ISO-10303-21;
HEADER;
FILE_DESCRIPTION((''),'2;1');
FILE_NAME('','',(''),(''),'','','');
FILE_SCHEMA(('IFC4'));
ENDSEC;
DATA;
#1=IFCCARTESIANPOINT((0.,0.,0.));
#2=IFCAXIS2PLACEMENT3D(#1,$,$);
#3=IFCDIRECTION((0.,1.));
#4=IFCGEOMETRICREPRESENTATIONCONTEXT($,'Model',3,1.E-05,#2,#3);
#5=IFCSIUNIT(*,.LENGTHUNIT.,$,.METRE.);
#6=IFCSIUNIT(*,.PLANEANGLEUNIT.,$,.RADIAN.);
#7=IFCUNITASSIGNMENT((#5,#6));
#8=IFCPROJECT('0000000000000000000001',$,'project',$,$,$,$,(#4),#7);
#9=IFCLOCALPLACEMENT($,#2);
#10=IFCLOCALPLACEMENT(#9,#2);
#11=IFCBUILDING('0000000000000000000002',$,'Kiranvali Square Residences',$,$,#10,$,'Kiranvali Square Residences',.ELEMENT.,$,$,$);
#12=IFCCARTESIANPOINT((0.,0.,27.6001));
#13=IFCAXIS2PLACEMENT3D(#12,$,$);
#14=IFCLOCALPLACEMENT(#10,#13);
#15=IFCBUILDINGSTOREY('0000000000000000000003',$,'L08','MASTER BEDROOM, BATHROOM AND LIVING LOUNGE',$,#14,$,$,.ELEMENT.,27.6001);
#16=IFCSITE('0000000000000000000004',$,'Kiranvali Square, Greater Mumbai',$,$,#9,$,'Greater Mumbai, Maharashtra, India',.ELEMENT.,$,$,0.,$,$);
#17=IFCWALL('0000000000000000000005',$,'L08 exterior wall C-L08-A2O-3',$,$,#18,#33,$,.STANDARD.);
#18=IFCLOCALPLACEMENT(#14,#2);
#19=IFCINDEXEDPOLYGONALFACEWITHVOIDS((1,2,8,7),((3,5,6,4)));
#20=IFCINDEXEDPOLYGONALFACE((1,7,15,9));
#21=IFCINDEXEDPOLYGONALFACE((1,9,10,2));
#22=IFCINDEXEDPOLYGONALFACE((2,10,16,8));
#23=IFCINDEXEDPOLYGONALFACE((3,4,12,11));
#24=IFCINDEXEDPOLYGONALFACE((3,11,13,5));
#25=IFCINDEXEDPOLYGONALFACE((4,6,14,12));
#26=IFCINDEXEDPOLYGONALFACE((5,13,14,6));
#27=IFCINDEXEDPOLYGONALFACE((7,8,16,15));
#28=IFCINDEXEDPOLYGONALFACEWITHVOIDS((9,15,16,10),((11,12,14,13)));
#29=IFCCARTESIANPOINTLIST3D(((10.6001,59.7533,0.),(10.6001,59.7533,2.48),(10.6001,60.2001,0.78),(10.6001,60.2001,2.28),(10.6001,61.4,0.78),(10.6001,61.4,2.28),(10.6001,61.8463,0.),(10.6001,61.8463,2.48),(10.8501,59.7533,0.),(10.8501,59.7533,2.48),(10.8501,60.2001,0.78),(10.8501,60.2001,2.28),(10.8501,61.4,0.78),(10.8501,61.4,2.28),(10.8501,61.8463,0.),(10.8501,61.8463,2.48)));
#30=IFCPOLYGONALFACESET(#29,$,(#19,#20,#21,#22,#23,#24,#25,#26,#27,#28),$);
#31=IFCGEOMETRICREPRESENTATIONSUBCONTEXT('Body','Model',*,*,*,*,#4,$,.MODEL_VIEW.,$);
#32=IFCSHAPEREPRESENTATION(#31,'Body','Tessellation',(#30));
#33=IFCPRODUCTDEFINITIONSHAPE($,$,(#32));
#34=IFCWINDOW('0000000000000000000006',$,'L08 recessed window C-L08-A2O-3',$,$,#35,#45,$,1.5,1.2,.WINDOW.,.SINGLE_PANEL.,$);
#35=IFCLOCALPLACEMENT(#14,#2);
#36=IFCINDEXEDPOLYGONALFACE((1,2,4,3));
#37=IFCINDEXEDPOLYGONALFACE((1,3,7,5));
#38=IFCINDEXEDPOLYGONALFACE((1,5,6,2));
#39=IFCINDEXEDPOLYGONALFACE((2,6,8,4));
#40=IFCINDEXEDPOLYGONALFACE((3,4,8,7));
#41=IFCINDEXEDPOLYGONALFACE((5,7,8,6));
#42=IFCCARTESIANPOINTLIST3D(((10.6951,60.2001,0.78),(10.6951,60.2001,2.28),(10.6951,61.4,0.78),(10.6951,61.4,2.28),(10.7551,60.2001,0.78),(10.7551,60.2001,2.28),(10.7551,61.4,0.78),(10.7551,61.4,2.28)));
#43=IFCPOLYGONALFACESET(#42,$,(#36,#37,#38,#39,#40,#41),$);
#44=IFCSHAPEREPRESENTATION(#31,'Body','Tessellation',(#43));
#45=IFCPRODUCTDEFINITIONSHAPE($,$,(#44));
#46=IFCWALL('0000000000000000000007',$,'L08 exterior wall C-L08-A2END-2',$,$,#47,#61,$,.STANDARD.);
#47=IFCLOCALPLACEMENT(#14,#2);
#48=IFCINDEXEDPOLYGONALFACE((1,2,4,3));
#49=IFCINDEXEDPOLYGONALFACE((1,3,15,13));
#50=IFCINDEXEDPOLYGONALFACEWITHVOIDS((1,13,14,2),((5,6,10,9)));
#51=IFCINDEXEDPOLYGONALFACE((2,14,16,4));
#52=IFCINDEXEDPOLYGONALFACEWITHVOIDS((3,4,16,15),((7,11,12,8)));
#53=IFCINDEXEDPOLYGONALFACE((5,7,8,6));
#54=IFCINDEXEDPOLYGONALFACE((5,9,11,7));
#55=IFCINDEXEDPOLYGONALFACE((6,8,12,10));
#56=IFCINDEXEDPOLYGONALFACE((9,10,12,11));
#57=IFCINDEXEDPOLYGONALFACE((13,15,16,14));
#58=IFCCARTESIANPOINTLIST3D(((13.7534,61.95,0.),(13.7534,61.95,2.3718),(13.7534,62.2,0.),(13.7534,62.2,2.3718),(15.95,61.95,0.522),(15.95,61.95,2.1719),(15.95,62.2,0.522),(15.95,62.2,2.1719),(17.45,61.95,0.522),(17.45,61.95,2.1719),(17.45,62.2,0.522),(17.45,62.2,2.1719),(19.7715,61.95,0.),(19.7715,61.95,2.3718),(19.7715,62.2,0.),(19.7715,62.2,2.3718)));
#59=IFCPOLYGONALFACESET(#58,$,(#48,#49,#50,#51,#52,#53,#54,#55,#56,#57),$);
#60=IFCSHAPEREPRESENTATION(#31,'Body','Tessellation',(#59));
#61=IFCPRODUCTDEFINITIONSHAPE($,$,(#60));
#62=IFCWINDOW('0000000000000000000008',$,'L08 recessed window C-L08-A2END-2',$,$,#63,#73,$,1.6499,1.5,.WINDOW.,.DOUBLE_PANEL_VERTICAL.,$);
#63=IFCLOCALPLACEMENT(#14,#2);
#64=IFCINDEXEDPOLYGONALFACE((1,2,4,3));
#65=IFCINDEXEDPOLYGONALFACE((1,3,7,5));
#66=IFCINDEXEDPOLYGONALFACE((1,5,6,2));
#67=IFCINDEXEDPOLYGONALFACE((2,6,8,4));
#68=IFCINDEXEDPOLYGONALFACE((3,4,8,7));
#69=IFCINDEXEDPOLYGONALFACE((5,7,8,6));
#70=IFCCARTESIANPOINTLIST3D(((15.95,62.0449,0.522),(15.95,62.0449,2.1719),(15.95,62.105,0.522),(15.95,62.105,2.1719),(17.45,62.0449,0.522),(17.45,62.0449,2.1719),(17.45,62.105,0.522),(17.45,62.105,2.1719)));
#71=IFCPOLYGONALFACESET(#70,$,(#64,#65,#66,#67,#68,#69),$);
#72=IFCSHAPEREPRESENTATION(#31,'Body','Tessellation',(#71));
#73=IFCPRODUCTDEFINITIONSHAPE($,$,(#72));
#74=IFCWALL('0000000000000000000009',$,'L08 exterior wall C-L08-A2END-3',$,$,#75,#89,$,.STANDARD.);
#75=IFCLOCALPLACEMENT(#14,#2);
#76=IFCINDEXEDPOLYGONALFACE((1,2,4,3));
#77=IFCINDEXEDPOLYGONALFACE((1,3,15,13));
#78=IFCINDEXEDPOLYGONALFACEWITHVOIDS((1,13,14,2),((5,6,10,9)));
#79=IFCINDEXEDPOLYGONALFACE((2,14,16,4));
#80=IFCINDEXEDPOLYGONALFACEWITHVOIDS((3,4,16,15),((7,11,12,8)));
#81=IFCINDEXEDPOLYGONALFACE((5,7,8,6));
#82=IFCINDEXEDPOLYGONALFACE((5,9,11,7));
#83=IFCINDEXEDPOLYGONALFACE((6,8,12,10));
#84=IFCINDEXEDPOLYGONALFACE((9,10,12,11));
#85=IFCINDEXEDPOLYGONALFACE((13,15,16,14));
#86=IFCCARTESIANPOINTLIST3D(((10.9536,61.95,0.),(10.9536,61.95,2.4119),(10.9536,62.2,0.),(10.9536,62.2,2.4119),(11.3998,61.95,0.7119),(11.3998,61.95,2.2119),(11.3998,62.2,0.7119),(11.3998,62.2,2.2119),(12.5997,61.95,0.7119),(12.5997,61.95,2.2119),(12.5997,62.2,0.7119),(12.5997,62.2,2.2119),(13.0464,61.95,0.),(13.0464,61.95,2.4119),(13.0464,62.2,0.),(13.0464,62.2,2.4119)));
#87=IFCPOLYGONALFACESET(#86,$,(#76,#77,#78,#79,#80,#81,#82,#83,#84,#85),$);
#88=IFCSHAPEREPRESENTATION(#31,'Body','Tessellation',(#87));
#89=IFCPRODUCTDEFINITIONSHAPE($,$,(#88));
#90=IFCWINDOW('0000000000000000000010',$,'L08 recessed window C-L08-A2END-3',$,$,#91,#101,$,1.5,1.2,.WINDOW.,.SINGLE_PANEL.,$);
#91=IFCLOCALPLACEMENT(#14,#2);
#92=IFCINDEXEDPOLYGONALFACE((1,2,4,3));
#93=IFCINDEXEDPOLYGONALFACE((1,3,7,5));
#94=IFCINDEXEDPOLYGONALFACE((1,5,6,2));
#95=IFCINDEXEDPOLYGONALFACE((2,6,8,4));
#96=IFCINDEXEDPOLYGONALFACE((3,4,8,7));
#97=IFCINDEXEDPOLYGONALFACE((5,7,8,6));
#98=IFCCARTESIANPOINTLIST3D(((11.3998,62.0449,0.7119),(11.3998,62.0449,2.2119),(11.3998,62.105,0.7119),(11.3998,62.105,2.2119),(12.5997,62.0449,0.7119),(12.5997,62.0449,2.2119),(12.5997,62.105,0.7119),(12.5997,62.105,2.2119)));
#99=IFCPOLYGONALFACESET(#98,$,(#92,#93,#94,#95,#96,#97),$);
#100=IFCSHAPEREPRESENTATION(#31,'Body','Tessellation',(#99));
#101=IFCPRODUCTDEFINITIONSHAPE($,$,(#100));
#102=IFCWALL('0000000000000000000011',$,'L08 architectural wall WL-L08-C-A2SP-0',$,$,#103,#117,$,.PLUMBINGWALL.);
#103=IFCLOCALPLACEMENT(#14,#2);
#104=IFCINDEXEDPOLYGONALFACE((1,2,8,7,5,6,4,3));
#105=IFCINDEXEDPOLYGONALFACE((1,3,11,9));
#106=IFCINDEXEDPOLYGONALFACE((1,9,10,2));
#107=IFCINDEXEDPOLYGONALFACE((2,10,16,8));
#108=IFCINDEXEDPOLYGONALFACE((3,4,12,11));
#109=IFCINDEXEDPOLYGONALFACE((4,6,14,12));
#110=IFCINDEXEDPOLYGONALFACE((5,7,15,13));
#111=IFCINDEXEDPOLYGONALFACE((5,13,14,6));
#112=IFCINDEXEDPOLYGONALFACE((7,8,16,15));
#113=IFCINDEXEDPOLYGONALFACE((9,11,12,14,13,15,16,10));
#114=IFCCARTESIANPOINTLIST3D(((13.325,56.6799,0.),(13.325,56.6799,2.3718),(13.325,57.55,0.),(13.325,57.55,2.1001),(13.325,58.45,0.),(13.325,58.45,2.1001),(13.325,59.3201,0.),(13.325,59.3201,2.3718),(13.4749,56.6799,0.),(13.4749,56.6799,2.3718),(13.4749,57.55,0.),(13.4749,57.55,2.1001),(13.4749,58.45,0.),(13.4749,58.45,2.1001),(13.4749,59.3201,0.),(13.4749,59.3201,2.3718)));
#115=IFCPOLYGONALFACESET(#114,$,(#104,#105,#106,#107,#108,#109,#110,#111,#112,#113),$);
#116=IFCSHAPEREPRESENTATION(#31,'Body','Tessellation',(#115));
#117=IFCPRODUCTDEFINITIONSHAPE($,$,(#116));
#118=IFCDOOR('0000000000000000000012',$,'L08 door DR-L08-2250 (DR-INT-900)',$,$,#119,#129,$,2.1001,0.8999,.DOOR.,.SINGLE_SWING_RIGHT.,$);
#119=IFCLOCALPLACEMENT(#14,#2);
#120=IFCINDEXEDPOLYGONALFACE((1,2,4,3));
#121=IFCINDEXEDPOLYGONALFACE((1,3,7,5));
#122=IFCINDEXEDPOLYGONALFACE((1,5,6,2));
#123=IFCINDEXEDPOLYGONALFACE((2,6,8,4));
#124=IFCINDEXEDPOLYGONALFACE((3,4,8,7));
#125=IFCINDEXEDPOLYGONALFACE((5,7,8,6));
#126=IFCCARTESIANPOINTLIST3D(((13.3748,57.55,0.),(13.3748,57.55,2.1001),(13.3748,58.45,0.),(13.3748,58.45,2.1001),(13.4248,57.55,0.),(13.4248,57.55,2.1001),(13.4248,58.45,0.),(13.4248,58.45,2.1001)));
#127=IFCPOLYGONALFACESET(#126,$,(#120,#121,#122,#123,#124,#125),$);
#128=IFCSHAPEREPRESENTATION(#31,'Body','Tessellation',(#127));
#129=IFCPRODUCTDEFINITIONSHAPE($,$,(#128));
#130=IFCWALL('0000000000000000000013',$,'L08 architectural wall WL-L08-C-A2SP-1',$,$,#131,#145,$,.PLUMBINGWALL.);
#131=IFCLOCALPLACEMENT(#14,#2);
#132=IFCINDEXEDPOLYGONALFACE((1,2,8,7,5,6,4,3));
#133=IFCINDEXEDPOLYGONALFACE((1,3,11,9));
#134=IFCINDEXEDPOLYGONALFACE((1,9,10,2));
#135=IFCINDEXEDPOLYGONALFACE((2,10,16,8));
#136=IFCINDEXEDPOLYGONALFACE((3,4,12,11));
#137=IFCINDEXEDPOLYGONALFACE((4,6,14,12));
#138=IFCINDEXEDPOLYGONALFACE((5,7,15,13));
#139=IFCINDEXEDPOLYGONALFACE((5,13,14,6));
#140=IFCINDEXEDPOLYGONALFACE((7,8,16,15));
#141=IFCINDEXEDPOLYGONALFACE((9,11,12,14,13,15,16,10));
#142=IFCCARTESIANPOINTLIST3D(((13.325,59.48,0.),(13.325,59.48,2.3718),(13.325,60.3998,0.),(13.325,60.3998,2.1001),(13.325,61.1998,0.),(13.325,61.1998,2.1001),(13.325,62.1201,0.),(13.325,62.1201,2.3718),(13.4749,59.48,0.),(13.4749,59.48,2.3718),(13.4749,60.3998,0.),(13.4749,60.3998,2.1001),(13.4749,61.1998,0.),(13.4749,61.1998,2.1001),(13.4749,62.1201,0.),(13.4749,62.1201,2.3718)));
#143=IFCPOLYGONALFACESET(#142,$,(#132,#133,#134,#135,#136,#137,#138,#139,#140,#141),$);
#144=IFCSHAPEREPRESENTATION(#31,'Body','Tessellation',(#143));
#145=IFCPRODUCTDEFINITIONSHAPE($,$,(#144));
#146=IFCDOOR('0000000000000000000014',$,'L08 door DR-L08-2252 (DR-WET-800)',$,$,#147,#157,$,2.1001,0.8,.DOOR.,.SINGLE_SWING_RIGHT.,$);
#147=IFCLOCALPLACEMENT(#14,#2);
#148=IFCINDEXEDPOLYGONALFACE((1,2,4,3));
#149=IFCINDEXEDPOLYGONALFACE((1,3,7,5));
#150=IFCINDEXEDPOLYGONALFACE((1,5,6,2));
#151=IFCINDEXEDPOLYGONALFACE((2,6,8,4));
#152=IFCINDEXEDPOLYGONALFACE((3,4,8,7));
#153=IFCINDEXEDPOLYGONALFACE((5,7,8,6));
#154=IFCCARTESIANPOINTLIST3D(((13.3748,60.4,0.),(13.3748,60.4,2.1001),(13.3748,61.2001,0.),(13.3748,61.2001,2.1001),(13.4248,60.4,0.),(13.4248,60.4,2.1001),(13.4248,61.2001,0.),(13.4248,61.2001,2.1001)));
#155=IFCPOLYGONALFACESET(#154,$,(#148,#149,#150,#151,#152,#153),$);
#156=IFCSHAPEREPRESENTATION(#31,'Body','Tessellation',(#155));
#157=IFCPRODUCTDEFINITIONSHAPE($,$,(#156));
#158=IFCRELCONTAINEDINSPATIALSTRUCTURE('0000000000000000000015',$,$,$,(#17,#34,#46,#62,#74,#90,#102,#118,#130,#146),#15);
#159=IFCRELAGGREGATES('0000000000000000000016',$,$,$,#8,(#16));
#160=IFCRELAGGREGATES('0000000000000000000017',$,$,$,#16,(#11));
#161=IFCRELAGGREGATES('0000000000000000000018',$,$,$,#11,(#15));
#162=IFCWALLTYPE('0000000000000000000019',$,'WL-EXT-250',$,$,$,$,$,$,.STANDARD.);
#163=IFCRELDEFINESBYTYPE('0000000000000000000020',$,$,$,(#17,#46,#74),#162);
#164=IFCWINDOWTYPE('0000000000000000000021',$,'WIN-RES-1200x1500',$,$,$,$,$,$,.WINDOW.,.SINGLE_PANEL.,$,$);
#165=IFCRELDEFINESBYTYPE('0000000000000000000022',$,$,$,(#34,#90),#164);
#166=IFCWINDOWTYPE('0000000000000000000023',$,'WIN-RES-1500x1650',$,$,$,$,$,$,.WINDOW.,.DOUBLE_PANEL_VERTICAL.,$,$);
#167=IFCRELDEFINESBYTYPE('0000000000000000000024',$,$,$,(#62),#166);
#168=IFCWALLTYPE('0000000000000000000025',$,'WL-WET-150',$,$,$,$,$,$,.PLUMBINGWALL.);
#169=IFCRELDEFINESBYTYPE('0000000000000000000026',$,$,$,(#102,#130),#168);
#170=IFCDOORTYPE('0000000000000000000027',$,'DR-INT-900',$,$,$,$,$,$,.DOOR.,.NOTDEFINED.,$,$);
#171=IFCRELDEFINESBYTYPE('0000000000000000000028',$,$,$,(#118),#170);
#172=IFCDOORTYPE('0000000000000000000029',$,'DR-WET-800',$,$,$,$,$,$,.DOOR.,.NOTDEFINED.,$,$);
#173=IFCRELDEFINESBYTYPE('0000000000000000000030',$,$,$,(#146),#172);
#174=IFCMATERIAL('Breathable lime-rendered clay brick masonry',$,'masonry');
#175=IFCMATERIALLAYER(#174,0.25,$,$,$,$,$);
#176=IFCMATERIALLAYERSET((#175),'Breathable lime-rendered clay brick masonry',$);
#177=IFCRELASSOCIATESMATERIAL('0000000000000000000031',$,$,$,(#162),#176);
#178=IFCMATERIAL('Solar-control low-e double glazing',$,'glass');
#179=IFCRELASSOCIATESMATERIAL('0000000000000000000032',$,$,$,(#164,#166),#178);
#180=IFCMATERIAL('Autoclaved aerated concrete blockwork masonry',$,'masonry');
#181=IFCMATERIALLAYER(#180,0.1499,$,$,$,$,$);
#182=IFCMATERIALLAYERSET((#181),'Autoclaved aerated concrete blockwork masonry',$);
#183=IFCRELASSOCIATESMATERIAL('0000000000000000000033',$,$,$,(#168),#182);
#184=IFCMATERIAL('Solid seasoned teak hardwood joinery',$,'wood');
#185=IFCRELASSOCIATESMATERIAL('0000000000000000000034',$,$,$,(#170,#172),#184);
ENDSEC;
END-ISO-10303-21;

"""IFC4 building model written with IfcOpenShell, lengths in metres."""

from ifc_helpers import new_model, si_unit, direction, frame, frame_2d, origin, place, context, subcontext, project, spatial, rectangle, extrude, material, layer, layer_set, type_object, element, fill, save


model = new_model("IFC4")

# Units and contexts
model_context = context("Model", 3, precision=1e-05, world=origin(), true_north=direction((0.0, 1.0)))
body_context = subcontext(model_context, "Body", "Model", "MODEL_VIEW")
ifc_project = project(units=[si_unit("LENGTHUNIT", "METRE"), si_unit("PLANEANGLEUNIT", "RADIAN")], contexts=[model_context])

# Site, building, storey
site_placement = place(None, origin())
site = spatial("IfcSite", under=ifc_project, at=site_placement, Name="Kiranvali Square, Greater Mumbai", LongName="Greater Mumbai, Maharashtra, India", CompositionType="ELEMENT", RefElevation=0.0)
building_placement = place(site_placement, origin())
building = spatial("IfcBuilding", under=site, at=building_placement, Name="Kiranvali Square Residences", LongName="Kiranvali Square Residences", CompositionType="ELEMENT")
storey_placement = place(building_placement, frame((0.0, 0.0, 27.6001)))
storey = spatial("IfcBuildingStorey", under=building, at=storey_placement, Name="L08", Description="MASTER BEDROOM, BATHROOM AND LIVING LOUNGE", CompositionType="ELEMENT", Elevation=27.6001)

# Walls, openings, windows
ifc_material_1 = material(Name="Breathable lime-rendered clay brick masonry", Category="masonry")
ifc_layer_1 = layer(ifc_material_1, 0.25)
ifc_layer_set_1 = layer_set([ifc_layer_1], Name="Breathable lime-rendered clay brick masonry")
wall_type_1 = type_object("IfcWallType", Name="WL-EXT-250", PredefinedType="STANDARD", material=ifc_layer_set_1)
ifc_material_2 = material(Name="Solar-control low-e double glazing", Category="glass")
window_type_1 = type_object("IfcWindowType", Name="WIN-RES-1200x1500", PartitioningType="SINGLE_PANEL", PredefinedType="WINDOW", material=ifc_material_2)
wall_1_placement = place(storey_placement, frame((10.7251, 59.7534, 0.0), z_axis=(0.0, 0.0, 1.0), x_axis=(0.0, 1.0, 0.0)))
wall_1 = element("IfcWall", 1, at=wall_1_placement, inside=storey, type_object=wall_type_1, Name="L08 exterior wall C-L08-A2O-3", PredefinedType="STANDARD", context=body_context, shape_type="SweptSolid", body=[
    extrude(rectangle(XDim=2.093, YDim=0.25, at=frame_2d((1.0464, 0.0))), origin(), (0.0, 0.0, 1.0), 2.48),
])
opening_1_placement = place(wall_1_placement, frame((0.4465, 0.0, 0.78)))
opening_1 = element("IfcOpeningElement", 2, at=opening_1_placement, cuts=wall_1, PredefinedType="OPENING", context=body_context, shape_type="SweptSolid", body=[
    extrude(rectangle(XDim=1.2, YDim=1.5, at=frame_2d((0.6001, 0.75))), frame((0.0, 0.135, 0.0), z_axis=(0.0, -1.0, 0.0), x_axis=(1.0, 0.0, 0.0)), (0.0, 0.0, 1.0), 0.27),
])
window_1_placement = place(opening_1_placement, origin())
window_1 = element("IfcWindow", 3, at=window_1_placement, inside=storey, type_object=window_type_1, Name="L08 recessed window C-L08-A2O-3", OverallHeight=1.5, OverallWidth=1.2, PartitioningType="SINGLE_PANEL", PredefinedType="WINDOW", context=body_context, shape_type="SweptSolid", body=[
    extrude(rectangle(XDim=1.2, YDim=1.5, at=frame_2d((0.6001, 0.75))), frame((0.0, 0.03, 0.0), z_axis=(0.0, -1.0, 0.0), x_axis=(1.0, 0.0, 0.0)), (0.0, 0.0, 1.0), 0.0601),
])
fill(opening_1, window_1)
wall_2_placement = place(storey_placement, frame((19.7715, 62.075, 0.0), z_axis=(0.0, 0.0, 1.0), x_axis=(-1.0, 0.0, 0.0)))
wall_2 = element("IfcWall", 4, at=wall_2_placement, inside=storey, type_object=wall_type_1, Name="L08 exterior wall C-L08-A2END-2", PredefinedType="STANDARD", context=body_context, shape_type="SweptSolid", body=[
    extrude(rectangle(XDim=6.0181, YDim=0.25, at=frame_2d((3.009, 0.0))), origin(), (0.0, 0.0, 1.0), 2.3718),
])
opening_2_placement = place(wall_2_placement, frame((2.3215, 0.0, 0.522)))
opening_2 = element("IfcOpeningElement", 5, at=opening_2_placement, cuts=wall_2, PredefinedType="OPENING", context=body_context, shape_type="SweptSolid", body=[
    extrude(rectangle(XDim=1.5, YDim=1.6499, at=frame_2d((0.75, 0.825))), frame((0.0, 0.135, 0.0), z_axis=(0.0, -1.0, 0.0), x_axis=(1.0, 0.0, 0.0)), (0.0, 0.0, 1.0), 0.27),
])
window_type_2 = type_object("IfcWindowType", Name="WIN-RES-1500x1650", PartitioningType="DOUBLE_PANEL_VERTICAL", PredefinedType="WINDOW", material=ifc_material_2)
window_2_placement = place(opening_2_placement, origin())
window_2 = element("IfcWindow", 6, at=window_2_placement, inside=storey, type_object=window_type_2, Name="L08 recessed window C-L08-A2END-2", OverallHeight=1.6499, OverallWidth=1.5, PartitioningType="DOUBLE_PANEL_VERTICAL", PredefinedType="WINDOW", context=body_context, shape_type="SweptSolid", body=[
    extrude(rectangle(XDim=1.5, YDim=1.6499, at=frame_2d((0.75, 0.825))), frame((0.0, 0.03, 0.0), z_axis=(0.0, -1.0, 0.0), x_axis=(1.0, 0.0, 0.0)), (0.0, 0.0, 1.0), 0.0601),
])
fill(opening_2, window_2)
wall_3_placement = place(storey_placement, frame((13.0464, 62.075, 0.0), z_axis=(0.0, 0.0, 1.0), x_axis=(-1.0, 0.0, 0.0)))
wall_3 = element("IfcWall", 7, at=wall_3_placement, inside=storey, type_object=wall_type_1, Name="L08 exterior wall C-L08-A2END-3", PredefinedType="STANDARD", context=body_context, shape_type="SweptSolid", body=[
    extrude(rectangle(XDim=2.0928, YDim=0.25, at=frame_2d((1.0464, 0.0))), origin(), (0.0, 0.0, 1.0), 2.4119),
])
opening_3_placement = place(wall_3_placement, frame((0.4465, 0.0, 0.7119)))
opening_3 = element("IfcOpeningElement", 8, at=opening_3_placement, cuts=wall_3, PredefinedType="OPENING", context=body_context, shape_type="SweptSolid", body=[
    extrude(rectangle(XDim=1.2, YDim=1.5, at=frame_2d((0.6001, 0.75))), frame((0.0, 0.135, 0.0), z_axis=(0.0, -1.0, 0.0), x_axis=(1.0, 0.0, 0.0)), (0.0, 0.0, 1.0), 0.27),
])
window_3_placement = place(opening_3_placement, origin())
window_3 = element("IfcWindow", 9, at=window_3_placement, inside=storey, type_object=window_type_1, Name="L08 recessed window C-L08-A2END-3", OverallHeight=1.5, OverallWidth=1.2, PartitioningType="SINGLE_PANEL", PredefinedType="WINDOW", context=body_context, shape_type="SweptSolid", body=[
    extrude(rectangle(XDim=1.2, YDim=1.5, at=frame_2d((0.6001, 0.75))), frame((0.0, 0.03, 0.0), z_axis=(0.0, -1.0, 0.0), x_axis=(1.0, 0.0, 0.0)), (0.0, 0.0, 1.0), 0.0601),
])
fill(opening_3, window_3)

# Walls, openings, doors
ifc_material_3 = material(Name="Autoclaved aerated concrete blockwork masonry", Category="masonry")
ifc_layer_2 = layer(ifc_material_3, 0.1499)
ifc_layer_set_2 = layer_set([ifc_layer_2], Name="Autoclaved aerated concrete blockwork masonry")
wall_type_2 = type_object("IfcWallType", Name="WL-WET-150", PredefinedType="PLUMBINGWALL", material=ifc_layer_set_2)
wall_4_placement = place(storey_placement, frame((13.3999, 56.6799, 0.0), z_axis=(0.0, 0.0, 1.0), x_axis=(0.0, 1.0, 0.0)))
wall_4 = element("IfcWall", 10, at=wall_4_placement, inside=storey, type_object=wall_type_2, Name="L08 architectural wall WL-L08-C-A2SP-0", PredefinedType="PLUMBINGWALL", context=body_context, shape_type="SweptSolid", body=[
    extrude(rectangle(XDim=2.6401, YDim=0.1499, at=frame_2d((1.3201, 0.0))), origin(), (0.0, 0.0, 1.0), 2.3718),
])
opening_4_placement = place(wall_4_placement, frame((0.8701, 0.0, 0.0)))
opening_4 = element("IfcOpeningElement", 11, at=opening_4_placement, cuts=wall_4, PredefinedType="OPENING", context=body_context, shape_type="SweptSolid", body=[
    extrude(rectangle(XDim=0.8999, YDim=2.1001, at=frame_2d((0.45, 1.05))), frame((0.0, 0.085, 0.0), z_axis=(0.0, -1.0, 0.0), x_axis=(1.0, 0.0, 0.0)), (0.0, 0.0, 1.0), 0.1699),
])
ifc_material_4 = material(Name="Solid seasoned teak hardwood joinery", Category="wood")
door_type_1 = type_object("IfcDoorType", Name="DR-INT-900", OperationType="NOTDEFINED", PredefinedType="DOOR", material=ifc_material_4)
door_1_placement = place(opening_4_placement, frame((0.8999, 0.0, 0.0), z_axis=(0.0, 0.0, 1.0), x_axis=(-1.0, 0.0, 0.0)))
door_1 = element("IfcDoor", 12, at=door_1_placement, inside=storey, type_object=door_type_1, Name="L08 door DR-L08-2250 (DR-INT-900)", OperationType="SINGLE_SWING_RIGHT", OverallHeight=2.1001, OverallWidth=0.8999, PredefinedType="DOOR", context=body_context, shape_type="SweptSolid", body=[
    extrude(rectangle(XDim=0.8999, YDim=2.1001, at=frame_2d((0.45, 1.05))), frame((0.0, 0.0249, 0.0), z_axis=(0.0, -1.0, 0.0), x_axis=(1.0, 0.0, 0.0)), (0.0, 0.0, 1.0), 0.05),
])
fill(opening_4, door_1)
wall_5_placement = place(storey_placement, frame((13.3999, 59.48, 0.0), z_axis=(0.0, 0.0, 1.0), x_axis=(0.0, 1.0, 0.0)))
wall_5 = element("IfcWall", 13, at=wall_5_placement, inside=storey, type_object=wall_type_2, Name="L08 architectural wall WL-L08-C-A2SP-1", PredefinedType="PLUMBINGWALL", context=body_context, shape_type="SweptSolid", body=[
    extrude(rectangle(XDim=2.6401, YDim=0.1499, at=frame_2d((1.3201, 0.0))), origin(), (0.0, 0.0, 1.0), 2.3718),
])
opening_5_placement = place(wall_5_placement, frame((0.9199, 0.0, 0.0)))
opening_5 = element("IfcOpeningElement", 14, at=opening_5_placement, cuts=wall_5, PredefinedType="OPENING", context=body_context, shape_type="SweptSolid", body=[
    extrude(rectangle(XDim=0.8, YDim=2.1001, at=frame_2d((0.3999, 1.05))), frame((0.0, 0.085, 0.0), z_axis=(0.0, -1.0, 0.0), x_axis=(1.0, 0.0, 0.0)), (0.0, 0.0, 1.0), 0.1699),
])
door_type_2 = type_object("IfcDoorType", Name="DR-WET-800", OperationType="NOTDEFINED", PredefinedType="DOOR", material=ifc_material_4)
door_2_placement = place(opening_5_placement, frame((0.8, 0.0, 0.0), z_axis=(0.0, 0.0, 1.0), x_axis=(-1.0, 0.0, 0.0)))
door_2 = element("IfcDoor", 15, at=door_2_placement, inside=storey, type_object=door_type_2, Name="L08 door DR-L08-2252 (DR-WET-800)", OperationType="SINGLE_SWING_RIGHT", OverallHeight=2.1001, OverallWidth=0.8, PredefinedType="DOOR", context=body_context, shape_type="SweptSolid", body=[
    extrude(rectangle(XDim=0.8, YDim=2.1001, at=frame_2d((0.3999, 1.05))), frame((0.0, 0.0249, 0.0), z_axis=(0.0, -1.0, 0.0), x_axis=(1.0, 0.0, 0.0)), (0.0, 0.0, 1.0), 0.05),
])
fill(opening_5, door_2)

save(model, "model.ifc")
